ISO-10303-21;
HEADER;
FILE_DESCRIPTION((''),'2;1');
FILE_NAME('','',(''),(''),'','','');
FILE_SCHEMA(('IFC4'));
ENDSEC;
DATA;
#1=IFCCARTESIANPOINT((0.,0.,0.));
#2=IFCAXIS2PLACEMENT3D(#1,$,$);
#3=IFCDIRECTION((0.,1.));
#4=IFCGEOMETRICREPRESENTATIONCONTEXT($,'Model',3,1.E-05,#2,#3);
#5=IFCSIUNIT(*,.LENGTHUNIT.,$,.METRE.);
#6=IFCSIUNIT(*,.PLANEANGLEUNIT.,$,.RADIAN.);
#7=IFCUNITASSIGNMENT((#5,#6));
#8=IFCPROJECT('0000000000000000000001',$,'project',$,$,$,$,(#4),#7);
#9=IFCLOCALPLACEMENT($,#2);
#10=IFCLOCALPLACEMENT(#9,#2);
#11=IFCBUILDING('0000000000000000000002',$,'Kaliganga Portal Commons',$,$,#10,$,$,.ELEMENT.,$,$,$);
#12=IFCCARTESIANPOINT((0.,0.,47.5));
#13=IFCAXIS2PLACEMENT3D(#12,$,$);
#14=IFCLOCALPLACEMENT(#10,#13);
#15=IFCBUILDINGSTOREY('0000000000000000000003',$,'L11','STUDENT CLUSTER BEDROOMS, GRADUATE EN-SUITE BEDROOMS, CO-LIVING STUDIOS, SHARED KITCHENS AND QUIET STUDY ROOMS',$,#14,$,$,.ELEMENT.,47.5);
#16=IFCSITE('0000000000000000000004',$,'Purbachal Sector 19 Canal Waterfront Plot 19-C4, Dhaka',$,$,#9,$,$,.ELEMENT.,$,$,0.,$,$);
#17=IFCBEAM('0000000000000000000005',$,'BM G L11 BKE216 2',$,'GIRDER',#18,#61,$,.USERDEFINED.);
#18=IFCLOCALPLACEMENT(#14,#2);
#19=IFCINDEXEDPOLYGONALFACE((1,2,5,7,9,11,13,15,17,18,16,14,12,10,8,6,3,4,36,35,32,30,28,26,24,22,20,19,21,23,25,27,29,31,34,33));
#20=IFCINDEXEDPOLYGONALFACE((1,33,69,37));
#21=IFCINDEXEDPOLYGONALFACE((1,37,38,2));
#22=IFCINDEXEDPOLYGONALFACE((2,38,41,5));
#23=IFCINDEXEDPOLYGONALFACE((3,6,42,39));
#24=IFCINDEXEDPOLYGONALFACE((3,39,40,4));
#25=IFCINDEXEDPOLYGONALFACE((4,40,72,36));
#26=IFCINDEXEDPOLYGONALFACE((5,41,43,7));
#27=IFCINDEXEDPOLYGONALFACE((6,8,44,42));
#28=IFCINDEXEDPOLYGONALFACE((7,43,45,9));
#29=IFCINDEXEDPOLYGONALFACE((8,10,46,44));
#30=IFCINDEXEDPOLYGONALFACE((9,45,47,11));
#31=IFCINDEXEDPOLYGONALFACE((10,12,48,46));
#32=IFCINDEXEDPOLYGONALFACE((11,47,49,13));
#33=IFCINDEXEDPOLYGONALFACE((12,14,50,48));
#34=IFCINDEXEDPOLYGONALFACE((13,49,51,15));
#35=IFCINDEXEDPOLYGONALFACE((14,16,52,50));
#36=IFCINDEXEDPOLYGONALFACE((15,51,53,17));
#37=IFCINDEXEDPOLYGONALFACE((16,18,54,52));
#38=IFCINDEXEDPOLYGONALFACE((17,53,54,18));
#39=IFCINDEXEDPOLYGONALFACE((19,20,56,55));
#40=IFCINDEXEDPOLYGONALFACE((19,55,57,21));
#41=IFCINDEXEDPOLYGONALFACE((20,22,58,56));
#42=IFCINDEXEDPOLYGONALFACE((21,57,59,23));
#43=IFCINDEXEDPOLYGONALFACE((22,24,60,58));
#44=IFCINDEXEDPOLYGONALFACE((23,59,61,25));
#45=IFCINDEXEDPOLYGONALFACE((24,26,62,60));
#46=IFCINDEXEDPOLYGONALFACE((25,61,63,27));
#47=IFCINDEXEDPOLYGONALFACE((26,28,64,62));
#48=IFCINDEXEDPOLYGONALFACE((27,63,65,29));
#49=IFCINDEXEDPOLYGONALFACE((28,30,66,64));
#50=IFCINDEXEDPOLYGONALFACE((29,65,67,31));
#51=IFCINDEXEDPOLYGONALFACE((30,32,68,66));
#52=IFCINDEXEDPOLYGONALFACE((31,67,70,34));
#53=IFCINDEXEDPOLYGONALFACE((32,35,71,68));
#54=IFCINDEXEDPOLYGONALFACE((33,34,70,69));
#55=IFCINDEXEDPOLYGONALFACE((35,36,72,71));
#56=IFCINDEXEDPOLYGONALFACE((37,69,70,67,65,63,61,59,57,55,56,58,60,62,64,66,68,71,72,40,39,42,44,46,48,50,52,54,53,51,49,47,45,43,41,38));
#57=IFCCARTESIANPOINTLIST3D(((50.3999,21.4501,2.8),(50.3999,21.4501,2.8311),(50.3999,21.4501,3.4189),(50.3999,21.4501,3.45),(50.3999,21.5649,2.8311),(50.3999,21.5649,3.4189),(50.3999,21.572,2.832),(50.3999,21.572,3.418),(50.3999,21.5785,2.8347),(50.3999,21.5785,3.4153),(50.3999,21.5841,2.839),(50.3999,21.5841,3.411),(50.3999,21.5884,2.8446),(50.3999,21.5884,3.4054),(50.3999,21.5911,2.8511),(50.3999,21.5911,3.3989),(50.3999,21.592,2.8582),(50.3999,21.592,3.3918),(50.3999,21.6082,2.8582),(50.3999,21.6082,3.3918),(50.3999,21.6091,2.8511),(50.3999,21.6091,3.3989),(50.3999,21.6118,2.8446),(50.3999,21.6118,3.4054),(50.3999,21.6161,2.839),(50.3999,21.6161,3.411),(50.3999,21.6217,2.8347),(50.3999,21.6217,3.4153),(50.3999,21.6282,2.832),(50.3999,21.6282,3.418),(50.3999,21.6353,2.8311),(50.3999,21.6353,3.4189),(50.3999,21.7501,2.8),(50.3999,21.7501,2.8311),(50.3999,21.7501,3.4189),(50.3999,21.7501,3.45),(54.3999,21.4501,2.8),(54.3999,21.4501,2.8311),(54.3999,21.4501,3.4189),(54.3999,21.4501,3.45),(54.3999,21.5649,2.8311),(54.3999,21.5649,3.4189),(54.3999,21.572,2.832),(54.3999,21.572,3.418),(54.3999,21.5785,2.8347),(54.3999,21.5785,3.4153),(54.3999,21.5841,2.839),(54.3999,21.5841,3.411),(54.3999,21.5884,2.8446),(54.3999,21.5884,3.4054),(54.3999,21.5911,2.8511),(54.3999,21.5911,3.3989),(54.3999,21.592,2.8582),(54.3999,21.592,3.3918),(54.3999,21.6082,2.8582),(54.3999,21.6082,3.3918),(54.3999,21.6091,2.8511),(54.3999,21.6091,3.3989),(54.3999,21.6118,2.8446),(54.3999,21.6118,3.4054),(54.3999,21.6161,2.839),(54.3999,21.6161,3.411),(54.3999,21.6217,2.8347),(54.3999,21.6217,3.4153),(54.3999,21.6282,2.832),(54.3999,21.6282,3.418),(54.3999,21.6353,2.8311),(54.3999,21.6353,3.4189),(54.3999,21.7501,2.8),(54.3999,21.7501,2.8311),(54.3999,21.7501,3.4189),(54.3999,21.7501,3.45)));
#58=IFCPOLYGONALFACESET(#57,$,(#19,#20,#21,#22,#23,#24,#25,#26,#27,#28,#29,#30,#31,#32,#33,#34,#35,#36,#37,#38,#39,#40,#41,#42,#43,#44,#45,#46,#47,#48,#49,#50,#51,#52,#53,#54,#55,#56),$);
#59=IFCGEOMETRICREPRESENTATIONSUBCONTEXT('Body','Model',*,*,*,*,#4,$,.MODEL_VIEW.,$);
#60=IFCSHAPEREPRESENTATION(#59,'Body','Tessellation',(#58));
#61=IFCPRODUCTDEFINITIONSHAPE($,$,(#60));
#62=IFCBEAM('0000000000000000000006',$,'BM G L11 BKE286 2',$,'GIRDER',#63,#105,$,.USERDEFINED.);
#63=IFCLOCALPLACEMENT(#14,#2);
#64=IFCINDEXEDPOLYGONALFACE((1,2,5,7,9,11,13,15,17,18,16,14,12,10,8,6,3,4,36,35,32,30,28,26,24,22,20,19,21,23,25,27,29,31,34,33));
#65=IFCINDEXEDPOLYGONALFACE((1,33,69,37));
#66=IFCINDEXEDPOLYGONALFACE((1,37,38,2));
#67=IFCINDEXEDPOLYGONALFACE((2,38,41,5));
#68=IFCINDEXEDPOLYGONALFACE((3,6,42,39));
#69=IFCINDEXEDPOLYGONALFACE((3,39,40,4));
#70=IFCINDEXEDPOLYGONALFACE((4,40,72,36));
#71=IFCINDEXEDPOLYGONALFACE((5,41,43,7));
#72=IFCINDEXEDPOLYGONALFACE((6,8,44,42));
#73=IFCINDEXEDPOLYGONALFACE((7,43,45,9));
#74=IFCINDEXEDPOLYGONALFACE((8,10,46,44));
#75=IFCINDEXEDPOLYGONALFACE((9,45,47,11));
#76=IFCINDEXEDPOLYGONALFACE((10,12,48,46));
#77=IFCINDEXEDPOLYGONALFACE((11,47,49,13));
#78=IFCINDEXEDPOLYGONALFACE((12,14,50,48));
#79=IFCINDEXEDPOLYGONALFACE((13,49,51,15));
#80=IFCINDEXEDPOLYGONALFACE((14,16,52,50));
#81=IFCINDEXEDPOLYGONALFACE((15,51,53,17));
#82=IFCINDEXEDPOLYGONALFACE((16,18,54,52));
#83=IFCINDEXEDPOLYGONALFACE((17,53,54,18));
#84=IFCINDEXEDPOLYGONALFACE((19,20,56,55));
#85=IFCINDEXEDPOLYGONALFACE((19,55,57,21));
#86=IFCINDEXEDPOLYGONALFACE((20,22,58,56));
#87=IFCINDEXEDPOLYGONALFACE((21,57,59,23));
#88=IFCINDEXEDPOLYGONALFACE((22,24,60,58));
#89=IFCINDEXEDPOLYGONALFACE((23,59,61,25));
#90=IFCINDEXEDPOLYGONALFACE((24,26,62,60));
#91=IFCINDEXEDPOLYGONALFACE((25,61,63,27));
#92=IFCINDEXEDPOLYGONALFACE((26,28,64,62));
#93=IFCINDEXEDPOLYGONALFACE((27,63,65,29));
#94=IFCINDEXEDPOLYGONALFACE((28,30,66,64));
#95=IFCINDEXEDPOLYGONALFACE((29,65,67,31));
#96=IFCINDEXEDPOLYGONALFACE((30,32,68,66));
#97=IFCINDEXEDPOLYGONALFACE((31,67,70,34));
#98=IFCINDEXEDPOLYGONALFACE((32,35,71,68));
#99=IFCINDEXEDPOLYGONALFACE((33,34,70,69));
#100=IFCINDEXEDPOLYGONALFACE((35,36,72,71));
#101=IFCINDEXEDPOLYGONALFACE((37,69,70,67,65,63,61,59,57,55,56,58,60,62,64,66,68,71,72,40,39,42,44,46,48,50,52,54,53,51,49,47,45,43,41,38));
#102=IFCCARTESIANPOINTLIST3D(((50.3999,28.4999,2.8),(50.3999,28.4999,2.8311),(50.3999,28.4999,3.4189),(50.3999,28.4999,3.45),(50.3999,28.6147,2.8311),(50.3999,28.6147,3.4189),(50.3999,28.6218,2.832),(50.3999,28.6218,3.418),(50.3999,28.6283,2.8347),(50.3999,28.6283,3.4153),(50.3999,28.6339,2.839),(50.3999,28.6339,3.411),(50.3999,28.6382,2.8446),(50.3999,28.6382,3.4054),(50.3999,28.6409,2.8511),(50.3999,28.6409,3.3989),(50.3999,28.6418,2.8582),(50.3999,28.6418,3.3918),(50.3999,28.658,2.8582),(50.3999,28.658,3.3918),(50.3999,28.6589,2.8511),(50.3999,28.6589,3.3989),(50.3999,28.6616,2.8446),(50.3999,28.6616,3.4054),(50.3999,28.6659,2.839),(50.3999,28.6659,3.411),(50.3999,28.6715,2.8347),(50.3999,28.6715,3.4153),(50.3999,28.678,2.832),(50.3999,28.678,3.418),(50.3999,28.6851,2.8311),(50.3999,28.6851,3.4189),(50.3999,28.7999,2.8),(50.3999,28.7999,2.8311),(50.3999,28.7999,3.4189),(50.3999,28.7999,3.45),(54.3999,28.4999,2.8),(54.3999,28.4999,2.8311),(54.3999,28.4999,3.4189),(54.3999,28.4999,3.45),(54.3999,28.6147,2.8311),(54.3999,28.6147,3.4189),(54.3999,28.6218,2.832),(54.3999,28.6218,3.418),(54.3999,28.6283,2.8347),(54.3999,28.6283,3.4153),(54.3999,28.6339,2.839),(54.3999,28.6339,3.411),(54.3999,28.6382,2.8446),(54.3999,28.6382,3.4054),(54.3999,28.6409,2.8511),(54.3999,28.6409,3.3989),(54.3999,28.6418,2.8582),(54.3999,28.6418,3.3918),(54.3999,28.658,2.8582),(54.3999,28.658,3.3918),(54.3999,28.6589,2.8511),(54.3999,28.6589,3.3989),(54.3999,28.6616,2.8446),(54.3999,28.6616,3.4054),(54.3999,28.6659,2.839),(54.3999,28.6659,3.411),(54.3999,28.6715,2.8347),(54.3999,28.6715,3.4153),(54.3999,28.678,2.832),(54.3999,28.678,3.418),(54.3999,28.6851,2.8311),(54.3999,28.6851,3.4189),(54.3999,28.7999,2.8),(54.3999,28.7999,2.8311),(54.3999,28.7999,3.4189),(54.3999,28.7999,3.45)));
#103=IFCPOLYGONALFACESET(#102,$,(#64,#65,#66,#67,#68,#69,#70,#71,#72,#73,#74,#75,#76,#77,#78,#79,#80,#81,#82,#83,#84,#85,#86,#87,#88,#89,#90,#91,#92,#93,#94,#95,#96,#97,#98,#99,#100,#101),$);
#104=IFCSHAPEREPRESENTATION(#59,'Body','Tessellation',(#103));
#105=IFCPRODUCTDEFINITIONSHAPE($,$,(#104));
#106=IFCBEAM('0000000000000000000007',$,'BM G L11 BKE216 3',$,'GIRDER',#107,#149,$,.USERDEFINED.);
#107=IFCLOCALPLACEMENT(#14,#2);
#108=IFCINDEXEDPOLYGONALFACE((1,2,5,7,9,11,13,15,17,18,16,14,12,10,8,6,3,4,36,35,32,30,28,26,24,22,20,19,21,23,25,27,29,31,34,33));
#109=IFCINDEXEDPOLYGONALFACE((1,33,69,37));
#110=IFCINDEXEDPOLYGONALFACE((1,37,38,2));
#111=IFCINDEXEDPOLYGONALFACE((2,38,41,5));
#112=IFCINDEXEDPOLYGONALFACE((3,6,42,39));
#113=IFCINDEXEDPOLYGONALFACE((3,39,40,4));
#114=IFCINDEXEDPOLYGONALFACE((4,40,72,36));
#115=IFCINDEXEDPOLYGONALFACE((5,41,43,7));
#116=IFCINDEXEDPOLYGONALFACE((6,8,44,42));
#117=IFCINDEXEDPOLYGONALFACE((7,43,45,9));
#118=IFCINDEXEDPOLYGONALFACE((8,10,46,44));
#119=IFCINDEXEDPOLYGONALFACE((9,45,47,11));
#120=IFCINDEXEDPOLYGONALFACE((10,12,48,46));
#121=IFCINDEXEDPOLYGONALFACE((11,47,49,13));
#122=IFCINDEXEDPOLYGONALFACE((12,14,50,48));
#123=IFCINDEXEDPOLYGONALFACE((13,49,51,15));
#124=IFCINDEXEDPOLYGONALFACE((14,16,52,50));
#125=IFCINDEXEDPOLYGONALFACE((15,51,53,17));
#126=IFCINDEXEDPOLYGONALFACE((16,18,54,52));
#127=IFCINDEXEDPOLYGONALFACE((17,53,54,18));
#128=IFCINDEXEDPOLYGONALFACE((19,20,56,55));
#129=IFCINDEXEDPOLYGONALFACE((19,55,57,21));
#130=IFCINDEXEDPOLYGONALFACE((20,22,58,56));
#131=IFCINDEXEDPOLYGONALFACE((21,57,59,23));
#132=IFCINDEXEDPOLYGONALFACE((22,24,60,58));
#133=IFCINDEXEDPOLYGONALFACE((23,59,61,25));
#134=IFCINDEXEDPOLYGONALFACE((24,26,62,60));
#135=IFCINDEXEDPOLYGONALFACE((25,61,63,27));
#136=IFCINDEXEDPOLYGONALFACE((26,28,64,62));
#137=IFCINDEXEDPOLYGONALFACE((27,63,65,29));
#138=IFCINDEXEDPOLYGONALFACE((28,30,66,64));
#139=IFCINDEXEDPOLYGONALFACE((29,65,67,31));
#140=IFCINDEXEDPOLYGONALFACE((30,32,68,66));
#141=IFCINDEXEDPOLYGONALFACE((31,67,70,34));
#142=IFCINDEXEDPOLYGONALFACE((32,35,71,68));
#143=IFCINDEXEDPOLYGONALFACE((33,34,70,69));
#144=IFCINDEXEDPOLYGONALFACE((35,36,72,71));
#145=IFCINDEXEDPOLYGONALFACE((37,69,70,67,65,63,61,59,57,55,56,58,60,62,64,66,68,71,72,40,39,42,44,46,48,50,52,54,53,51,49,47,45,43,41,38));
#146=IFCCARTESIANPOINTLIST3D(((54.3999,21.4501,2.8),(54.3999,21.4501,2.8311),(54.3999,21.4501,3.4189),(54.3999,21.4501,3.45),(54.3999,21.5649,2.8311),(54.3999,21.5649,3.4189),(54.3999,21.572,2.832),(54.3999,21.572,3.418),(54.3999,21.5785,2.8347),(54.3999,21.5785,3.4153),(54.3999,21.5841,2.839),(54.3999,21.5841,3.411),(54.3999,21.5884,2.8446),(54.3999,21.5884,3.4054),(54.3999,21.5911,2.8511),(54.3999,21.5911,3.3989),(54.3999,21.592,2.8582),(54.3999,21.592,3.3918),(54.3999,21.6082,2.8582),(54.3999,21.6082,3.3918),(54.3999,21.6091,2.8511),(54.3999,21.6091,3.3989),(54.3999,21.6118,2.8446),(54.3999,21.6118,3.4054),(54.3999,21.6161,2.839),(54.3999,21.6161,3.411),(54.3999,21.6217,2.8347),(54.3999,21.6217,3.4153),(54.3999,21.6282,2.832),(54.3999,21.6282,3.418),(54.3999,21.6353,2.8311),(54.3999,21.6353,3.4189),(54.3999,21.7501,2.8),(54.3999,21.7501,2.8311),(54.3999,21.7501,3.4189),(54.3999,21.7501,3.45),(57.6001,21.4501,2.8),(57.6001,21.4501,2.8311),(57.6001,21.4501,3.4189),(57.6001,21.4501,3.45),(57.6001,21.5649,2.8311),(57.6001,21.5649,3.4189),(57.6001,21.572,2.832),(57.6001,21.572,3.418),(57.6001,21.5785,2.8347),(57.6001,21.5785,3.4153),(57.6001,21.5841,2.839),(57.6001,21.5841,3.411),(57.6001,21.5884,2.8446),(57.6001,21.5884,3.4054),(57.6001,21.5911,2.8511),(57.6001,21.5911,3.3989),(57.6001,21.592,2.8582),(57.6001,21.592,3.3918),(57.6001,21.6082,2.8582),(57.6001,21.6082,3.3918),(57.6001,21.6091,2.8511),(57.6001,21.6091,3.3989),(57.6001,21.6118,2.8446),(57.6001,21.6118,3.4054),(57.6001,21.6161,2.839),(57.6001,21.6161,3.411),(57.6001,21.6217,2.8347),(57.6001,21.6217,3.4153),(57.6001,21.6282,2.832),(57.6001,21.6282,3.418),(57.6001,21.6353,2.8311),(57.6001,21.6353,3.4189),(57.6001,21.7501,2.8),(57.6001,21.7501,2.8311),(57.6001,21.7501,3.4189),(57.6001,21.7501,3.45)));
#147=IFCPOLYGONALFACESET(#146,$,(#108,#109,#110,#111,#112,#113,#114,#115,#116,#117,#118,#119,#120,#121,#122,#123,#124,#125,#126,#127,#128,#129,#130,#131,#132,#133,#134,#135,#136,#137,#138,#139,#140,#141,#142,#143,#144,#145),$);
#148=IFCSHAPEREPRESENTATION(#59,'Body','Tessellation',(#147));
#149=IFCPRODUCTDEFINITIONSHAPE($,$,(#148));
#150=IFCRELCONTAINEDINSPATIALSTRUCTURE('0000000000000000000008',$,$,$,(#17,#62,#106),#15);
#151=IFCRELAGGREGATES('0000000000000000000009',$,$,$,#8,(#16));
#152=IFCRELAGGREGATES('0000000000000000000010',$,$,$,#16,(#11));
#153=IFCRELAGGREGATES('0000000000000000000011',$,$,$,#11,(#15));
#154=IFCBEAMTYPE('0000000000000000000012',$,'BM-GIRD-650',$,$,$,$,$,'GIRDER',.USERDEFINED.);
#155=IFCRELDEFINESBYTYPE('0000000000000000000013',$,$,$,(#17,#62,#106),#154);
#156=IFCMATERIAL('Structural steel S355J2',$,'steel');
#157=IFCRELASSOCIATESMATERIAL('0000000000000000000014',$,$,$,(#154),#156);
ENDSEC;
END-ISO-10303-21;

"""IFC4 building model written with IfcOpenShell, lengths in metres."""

from ifc_helpers import new_model, si_unit, direction, frame, origin, origin_2d, place, context, subcontext, project, spatial, i_section, extrude, source, transform, mapped, material, material_profile, profile_set, type_object, element, save


model = new_model("IFC4")

# Units and contexts
model_context = context("Model", 3, precision=1e-05, world=origin(), true_north=direction((0.0, 1.0)))
body_context = subcontext(model_context, "Body", "Model", "MODEL_VIEW")
ifc_project = project(units=[si_unit("LENGTHUNIT", "METRE"), si_unit("PLANEANGLEUNIT", "RADIAN")], contexts=[model_context])

# Site, building, storey
site_placement = place(None, origin())
site = spatial("IfcSite", under=ifc_project, at=site_placement, Name="Purbachal Sector 19 Canal Waterfront Plot 19-C4, Dhaka", CompositionType="ELEMENT", RefElevation=0.0)
building_placement = place(site_placement, origin())
building = spatial("IfcBuilding", under=site, at=building_placement, Name="Kaliganga Portal Commons", CompositionType="ELEMENT")
storey_placement = place(building_placement, frame((0.0, 0.0, 47.5)))
storey = spatial("IfcBuildingStorey", under=building, at=storey_placement, Name="L11", Description="STUDENT CLUSTER BEDROOMS, GRADUATE EN-SUITE BEDROOMS, CO-LIVING STUDIOS, SHARED KITCHENS AND QUIET STUDY ROOMS", CompositionType="ELEMENT", Elevation=47.5)

# Beams
ifc_material_1 = material(Name="Structural steel S355J2", Category="steel")
ifc_material_profile_1 = material_profile(ifc_material_1, i_section(OverallWidth=0.3, OverallDepth=0.6499, WebThickness=0.0161, FlangeThickness=0.031, FilletRadius=0.0271, at=origin_2d()), Name="HE 650 B")
ifc_profile_set_1 = profile_set([ifc_material_profile_1], Name="Structural steel S355J2 wide-flange")
beam_type_1 = type_object("IfcBeamType", Name="BM-GIRD-650", ElementType="GIRDER", PredefinedType="USERDEFINED", material=ifc_profile_set_1)
shared_shape_1 = source(origin(), body_context, "Body", "SweptSolid", [
    extrude(i_section(OverallWidth=0.3, OverallDepth=0.6499, WebThickness=0.0161, FlangeThickness=0.031, FilletRadius=0.0271, at=origin_2d()), origin(), (0.0, 0.0, 1.0), 4.0),
])
for number, where, z_axis, x_axis, name in (
    (1, (50.3999, 21.6001, 3.125), (1.0, 0.0, 0.0), (0.0, 1.0, 0.0), "BM G L11 BKE216 2"),
    (2, (50.3999, 28.6499, 3.125), (1.0, 0.0, 0.0), (0.0, 1.0, 0.0), "BM G L11 BKE286 2"),
):
    element("IfcBeam", number, at=place(storey_placement, frame(where, z_axis=z_axis, x_axis=x_axis)), inside=storey, type_object=beam_type_1, Name=name, ObjectType="GIRDER", PredefinedType="USERDEFINED", context=body_context, shape_type="MappedRepresentation", body=[
        mapped(shared_shape_1, transform((0.0, 0.0, 0.0), x_axis=(1.0, 0.0, 0.0), y_axis=(0.0, 1.0, 0.0), z_axis=(0.0, 0.0, 1.0), scale=1.0)),
    ])
shared_shape_2 = source(origin(), body_context, "Body", "SweptSolid", [
    extrude(i_section(OverallWidth=0.3, OverallDepth=0.6499, WebThickness=0.0161, FlangeThickness=0.031, FilletRadius=0.0271, at=origin_2d()), origin(), (0.0, 0.0, 1.0), 3.2002),
])
beam_1_placement = place(storey_placement, frame((54.3999, 21.6001, 3.125), z_axis=(1.0, 0.0, 0.0), x_axis=(0.0, 1.0, 0.0)))
element("IfcBeam", 3, at=beam_1_placement, inside=storey, type_object=beam_type_1, Name="BM G L11 BKE216 3", ObjectType="GIRDER", PredefinedType="USERDEFINED", context=body_context, shape_type="MappedRepresentation", body=[
    mapped(shared_shape_2, transform((0.0, 0.0, 0.0), x_axis=(1.0, 0.0, 0.0), y_axis=(0.0, 1.0, 0.0), z_axis=(0.0, 0.0, 1.0), scale=1.0)),
])

save(model, "model.ifc")
